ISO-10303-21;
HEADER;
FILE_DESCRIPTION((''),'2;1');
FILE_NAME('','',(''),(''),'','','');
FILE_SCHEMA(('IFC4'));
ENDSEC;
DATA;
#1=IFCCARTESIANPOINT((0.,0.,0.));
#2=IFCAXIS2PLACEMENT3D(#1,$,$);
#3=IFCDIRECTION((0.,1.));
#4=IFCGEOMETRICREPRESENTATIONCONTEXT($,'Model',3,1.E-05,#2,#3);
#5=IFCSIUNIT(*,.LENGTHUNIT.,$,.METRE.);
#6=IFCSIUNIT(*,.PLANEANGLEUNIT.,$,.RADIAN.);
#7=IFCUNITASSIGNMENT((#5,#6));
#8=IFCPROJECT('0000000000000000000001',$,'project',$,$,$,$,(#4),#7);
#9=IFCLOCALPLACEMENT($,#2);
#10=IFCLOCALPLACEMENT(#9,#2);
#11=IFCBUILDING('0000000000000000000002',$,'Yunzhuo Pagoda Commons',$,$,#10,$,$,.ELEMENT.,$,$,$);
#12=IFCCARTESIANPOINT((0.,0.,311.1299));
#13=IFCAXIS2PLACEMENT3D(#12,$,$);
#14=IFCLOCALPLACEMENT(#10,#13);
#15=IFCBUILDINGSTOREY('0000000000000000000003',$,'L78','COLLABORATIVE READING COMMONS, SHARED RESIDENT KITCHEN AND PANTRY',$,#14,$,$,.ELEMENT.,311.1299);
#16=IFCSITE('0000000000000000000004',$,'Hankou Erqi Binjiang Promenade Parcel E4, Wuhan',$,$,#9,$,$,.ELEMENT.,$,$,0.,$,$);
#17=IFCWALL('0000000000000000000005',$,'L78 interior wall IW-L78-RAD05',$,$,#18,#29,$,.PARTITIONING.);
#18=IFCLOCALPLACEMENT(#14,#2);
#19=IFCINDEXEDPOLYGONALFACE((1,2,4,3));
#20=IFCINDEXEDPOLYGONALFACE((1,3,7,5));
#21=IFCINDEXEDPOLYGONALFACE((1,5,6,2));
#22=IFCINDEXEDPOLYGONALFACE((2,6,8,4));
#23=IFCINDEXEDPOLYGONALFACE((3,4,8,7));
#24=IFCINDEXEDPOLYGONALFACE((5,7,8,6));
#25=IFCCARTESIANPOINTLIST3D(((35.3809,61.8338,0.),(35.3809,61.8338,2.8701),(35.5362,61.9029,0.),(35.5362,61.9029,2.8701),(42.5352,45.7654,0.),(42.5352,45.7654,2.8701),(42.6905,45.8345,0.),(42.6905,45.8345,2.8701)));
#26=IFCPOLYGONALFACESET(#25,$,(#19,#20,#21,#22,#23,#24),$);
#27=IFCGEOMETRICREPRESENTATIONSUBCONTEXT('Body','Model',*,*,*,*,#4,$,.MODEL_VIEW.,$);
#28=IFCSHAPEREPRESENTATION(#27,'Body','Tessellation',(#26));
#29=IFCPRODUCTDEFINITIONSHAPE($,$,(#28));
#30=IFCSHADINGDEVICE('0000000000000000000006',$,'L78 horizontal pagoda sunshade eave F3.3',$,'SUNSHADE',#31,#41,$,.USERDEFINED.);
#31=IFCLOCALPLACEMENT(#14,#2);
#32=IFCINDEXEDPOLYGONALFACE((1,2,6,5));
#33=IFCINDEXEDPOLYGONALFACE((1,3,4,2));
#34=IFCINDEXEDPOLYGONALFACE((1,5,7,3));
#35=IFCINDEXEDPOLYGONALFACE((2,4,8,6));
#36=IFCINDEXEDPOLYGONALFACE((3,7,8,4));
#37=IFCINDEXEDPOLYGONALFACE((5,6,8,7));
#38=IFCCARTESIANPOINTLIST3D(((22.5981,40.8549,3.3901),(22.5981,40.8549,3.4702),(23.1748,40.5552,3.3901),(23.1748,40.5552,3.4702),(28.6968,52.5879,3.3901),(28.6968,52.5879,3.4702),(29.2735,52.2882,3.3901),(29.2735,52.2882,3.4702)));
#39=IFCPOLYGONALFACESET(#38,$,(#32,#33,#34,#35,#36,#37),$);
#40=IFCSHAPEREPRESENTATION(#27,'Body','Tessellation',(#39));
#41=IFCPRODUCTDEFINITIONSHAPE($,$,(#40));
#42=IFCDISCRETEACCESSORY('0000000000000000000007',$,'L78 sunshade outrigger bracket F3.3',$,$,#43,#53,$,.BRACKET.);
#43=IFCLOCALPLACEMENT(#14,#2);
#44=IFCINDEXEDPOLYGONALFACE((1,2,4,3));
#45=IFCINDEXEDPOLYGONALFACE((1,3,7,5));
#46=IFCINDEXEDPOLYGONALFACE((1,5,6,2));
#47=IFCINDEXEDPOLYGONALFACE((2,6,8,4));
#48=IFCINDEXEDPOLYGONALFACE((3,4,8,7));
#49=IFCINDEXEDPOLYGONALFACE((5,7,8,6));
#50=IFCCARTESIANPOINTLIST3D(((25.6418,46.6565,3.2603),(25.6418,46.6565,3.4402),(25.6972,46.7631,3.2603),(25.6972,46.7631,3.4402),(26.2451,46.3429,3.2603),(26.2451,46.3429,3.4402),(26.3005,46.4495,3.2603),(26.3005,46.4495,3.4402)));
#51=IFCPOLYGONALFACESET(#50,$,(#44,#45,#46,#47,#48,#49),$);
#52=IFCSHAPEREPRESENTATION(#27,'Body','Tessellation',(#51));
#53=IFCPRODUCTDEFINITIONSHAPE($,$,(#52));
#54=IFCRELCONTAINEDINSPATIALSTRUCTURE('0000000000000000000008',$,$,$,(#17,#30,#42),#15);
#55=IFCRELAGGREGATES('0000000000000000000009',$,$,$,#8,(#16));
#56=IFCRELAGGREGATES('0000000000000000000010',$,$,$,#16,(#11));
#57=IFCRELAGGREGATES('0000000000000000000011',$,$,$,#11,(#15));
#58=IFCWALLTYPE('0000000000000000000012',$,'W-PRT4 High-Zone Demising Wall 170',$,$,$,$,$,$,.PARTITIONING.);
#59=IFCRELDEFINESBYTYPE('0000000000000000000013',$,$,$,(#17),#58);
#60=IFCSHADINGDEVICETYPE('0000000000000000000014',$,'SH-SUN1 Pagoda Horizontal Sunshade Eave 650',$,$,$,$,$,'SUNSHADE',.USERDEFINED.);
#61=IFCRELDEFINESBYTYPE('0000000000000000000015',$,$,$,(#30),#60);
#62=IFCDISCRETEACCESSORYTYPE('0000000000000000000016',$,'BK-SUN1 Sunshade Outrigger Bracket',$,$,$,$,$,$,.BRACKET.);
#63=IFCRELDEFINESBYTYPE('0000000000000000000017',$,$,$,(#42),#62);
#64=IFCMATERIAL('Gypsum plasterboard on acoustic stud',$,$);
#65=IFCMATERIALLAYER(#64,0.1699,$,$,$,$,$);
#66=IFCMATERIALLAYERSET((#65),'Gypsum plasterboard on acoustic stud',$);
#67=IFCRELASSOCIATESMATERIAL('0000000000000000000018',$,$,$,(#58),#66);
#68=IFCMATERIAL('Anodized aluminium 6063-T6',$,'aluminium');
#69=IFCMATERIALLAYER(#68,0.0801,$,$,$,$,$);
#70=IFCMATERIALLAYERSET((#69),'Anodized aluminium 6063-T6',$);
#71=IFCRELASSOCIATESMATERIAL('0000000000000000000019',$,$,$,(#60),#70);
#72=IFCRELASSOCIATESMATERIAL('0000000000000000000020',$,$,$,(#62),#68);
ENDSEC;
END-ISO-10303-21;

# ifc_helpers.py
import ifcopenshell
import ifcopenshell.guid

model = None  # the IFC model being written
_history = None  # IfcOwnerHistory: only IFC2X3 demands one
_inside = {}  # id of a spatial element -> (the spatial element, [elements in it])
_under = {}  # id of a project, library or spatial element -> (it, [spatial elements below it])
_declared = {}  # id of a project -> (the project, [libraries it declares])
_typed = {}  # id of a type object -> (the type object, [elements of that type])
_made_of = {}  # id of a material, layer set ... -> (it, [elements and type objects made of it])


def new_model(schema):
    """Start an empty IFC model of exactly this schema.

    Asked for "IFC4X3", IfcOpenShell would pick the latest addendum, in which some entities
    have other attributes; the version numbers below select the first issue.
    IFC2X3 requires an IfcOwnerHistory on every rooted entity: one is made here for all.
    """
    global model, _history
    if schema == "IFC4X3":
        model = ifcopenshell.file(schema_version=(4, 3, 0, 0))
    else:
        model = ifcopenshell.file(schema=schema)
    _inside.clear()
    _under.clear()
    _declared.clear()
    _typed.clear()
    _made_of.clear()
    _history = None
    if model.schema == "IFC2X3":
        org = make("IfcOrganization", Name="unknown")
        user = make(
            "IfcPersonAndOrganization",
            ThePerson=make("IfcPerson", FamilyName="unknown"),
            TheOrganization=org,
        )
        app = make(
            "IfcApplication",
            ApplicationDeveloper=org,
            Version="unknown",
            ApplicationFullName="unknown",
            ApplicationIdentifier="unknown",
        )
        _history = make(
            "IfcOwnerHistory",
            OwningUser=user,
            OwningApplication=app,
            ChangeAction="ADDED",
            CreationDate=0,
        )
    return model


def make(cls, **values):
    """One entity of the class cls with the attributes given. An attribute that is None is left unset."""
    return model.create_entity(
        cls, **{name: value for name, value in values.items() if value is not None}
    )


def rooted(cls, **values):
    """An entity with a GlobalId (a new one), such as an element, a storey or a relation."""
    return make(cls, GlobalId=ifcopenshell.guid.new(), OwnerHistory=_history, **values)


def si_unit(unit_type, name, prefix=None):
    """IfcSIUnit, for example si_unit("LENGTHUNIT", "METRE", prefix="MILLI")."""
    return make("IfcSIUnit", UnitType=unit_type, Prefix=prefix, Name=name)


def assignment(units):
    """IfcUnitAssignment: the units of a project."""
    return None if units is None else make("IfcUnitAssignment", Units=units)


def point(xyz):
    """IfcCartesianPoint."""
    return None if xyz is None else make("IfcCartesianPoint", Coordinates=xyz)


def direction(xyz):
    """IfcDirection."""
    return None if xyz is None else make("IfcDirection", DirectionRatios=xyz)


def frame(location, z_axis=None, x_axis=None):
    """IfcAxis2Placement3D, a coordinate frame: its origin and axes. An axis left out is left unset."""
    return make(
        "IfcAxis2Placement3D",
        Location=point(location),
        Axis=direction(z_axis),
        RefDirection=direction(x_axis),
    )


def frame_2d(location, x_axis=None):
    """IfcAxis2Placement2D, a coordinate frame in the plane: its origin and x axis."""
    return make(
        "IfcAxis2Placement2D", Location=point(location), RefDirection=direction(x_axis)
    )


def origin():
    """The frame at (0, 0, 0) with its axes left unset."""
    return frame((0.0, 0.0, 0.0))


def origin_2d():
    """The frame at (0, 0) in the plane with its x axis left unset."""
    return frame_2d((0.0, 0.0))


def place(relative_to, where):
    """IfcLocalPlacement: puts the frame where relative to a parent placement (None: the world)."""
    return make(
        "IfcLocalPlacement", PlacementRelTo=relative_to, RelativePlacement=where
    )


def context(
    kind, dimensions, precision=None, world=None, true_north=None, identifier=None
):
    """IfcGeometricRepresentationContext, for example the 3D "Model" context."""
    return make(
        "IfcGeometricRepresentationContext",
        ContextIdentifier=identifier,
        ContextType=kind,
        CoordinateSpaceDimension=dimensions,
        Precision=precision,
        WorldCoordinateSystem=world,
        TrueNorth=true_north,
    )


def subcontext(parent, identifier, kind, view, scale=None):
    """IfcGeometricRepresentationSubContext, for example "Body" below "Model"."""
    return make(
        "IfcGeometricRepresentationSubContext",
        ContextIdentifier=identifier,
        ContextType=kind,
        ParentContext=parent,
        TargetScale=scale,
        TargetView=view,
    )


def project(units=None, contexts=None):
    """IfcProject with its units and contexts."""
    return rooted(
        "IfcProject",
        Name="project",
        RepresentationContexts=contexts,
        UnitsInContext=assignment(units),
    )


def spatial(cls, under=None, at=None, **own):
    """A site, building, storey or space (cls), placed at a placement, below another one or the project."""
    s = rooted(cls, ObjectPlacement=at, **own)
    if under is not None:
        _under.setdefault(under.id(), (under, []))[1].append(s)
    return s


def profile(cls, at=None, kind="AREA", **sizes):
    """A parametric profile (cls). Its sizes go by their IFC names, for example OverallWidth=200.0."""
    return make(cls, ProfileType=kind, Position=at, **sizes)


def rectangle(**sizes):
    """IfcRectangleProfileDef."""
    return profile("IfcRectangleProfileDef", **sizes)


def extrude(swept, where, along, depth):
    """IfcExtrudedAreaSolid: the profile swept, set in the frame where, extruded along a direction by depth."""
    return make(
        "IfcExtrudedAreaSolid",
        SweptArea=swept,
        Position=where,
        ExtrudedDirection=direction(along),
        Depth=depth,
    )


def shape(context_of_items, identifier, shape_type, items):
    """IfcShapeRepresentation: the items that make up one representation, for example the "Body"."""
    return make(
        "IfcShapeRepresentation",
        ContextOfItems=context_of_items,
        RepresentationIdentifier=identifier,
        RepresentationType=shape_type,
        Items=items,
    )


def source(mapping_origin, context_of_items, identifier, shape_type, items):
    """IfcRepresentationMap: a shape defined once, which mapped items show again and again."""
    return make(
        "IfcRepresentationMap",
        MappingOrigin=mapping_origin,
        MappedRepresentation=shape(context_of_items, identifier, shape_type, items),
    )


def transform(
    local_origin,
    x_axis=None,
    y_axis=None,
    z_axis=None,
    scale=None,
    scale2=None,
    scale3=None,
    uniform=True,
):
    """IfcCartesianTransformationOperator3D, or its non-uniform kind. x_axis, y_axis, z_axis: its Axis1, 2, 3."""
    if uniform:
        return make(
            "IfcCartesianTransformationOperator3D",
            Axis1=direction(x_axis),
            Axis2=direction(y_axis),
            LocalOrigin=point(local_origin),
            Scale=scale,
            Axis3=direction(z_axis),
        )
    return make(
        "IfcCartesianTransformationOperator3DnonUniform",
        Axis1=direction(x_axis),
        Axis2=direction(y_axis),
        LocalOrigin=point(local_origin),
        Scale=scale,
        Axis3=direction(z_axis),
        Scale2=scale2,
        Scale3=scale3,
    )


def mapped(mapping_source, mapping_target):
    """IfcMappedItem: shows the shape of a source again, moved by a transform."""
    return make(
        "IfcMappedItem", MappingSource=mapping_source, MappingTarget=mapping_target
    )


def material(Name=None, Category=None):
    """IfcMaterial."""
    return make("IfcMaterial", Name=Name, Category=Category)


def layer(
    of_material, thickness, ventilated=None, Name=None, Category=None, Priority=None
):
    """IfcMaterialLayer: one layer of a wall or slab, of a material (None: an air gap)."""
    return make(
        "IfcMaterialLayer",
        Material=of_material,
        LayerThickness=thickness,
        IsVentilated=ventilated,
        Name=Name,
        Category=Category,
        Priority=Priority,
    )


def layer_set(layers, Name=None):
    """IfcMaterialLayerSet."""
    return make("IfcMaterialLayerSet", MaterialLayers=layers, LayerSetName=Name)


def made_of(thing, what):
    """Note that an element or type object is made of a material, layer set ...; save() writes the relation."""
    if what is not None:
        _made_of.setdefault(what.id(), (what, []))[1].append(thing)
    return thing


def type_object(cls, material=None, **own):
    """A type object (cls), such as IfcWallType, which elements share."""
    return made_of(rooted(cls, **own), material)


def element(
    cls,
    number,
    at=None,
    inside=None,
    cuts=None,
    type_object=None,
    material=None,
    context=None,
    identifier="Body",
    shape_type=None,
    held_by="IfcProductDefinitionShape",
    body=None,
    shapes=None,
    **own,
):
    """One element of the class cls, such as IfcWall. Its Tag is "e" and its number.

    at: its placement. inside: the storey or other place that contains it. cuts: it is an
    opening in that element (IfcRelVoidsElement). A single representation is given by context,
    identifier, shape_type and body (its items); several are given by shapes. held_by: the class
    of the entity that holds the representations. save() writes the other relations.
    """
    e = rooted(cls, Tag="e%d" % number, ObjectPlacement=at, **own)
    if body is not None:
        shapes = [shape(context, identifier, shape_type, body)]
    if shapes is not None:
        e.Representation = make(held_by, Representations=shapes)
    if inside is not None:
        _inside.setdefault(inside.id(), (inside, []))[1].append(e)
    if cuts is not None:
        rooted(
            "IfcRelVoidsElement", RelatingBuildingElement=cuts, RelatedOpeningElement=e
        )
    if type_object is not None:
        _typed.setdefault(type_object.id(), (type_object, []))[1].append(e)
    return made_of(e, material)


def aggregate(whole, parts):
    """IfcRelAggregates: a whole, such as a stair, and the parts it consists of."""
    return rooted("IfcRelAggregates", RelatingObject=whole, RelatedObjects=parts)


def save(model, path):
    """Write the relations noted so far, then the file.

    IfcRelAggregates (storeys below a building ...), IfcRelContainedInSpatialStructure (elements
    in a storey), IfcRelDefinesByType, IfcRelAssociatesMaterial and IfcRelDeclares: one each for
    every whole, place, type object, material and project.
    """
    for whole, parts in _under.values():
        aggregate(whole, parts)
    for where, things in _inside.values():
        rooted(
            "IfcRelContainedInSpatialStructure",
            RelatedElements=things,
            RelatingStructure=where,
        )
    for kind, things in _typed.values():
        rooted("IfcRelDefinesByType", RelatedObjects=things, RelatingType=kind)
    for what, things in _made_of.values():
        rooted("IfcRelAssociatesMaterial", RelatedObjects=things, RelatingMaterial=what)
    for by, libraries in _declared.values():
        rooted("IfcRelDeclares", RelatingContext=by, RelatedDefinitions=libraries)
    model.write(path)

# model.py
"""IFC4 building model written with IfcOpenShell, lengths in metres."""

from ifc_helpers import new_model, si_unit, direction, frame, frame_2d, origin, origin_2d, place, context, subcontext, project, spatial, rectangle, extrude, source, transform, mapped, material, layer, layer_set, type_object, element, save


model = new_model("IFC4")

# Units and contexts
model_context = context("Model", 3, precision=1e-05, world=origin(), true_north=direction((0.0, 1.0)))
body_context = subcontext(model_context, "Body", "Model", "MODEL_VIEW")
ifc_project = project(units=[si_unit("LENGTHUNIT", "METRE"), si_unit("PLANEANGLEUNIT", "RADIAN")], contexts=[model_context])

# Site, building, storey
site_placement = place(None, origin())
site = spatial("IfcSite", under=ifc_project, at=site_placement, Name="Hankou Erqi Binjiang Promenade Parcel E4, Wuhan", CompositionType="ELEMENT", RefElevation=0.0)
building_placement = place(site_placement, origin())
building = spatial("IfcBuilding", under=site, at=building_placement, Name="Yunzhuo Pagoda Commons", CompositionType="ELEMENT")
storey_placement = place(building_placement, frame((0.0, 0.0, 311.1299)))
storey = spatial("IfcBuildingStorey", under=building, at=storey_placement, Name="L78", Description="COLLABORATIVE READING COMMONS, SHARED RESIDENT KITCHEN AND PANTRY", CompositionType="ELEMENT", Elevation=311.1299)

# Shared definitions
ifc_material_1 = material(Name="Anodized aluminium 6063-T6", Category="aluminium")

# Wall
ifc_material_2 = material(Name="Gypsum plasterboard on acoustic stud")
ifc_layer_1 = layer(ifc_material_2, 0.1699)
ifc_layer_set_1 = layer_set([ifc_layer_1], Name="Gypsum plasterboard on acoustic stud")
wall_type_1 = type_object("IfcWallType", Name="W-PRT4 High-Zone Demising Wall 170", PredefinedType="PARTITIONING", material=ifc_layer_set_1)
wall_1_placement = place(storey_placement, frame((42.6128, 45.8, 0.0), z_axis=(0.0, 0.0, 1.0), x_axis=(-0.406746, 0.913541, 0.0)))
element("IfcWall", 1, at=wall_1_placement, inside=storey, type_object=wall_type_1, Name="L78 interior wall IW-L78-RAD05", PredefinedType="PARTITIONING", context=body_context, shape_type="SweptSolid", body=[
    extrude(rectangle(XDim=17.5891, YDim=0.1699, at=frame_2d((8.7944, 0.0))), origin(), (0.0, 0.0, 1.0), 2.8701),
])

# Shading device
ifc_layer_2 = layer(ifc_material_1, 0.0801)
ifc_layer_set_2 = layer_set([ifc_layer_2], Name="Anodized aluminium 6063-T6")
shading_device_type = type_object("IfcShadingDeviceType", Name="SH-SUN1 Pagoda Horizontal Sunshade Eave 650", ElementType="SUNSHADE", PredefinedType="USERDEFINED", material=ifc_layer_set_2)
shared_shape_1 = source(origin(), body_context, "Body", "SweptSolid", [
    extrude(rectangle(XDim=13.2234, YDim=0.6499, at=origin_2d()), origin(), (0.0, 0.0, 1.0), 0.0801),
])
shading_device_placement = place(storey_placement, frame((25.9358, 46.5715, 3.3901), z_axis=(0.0, 0.0, 1.0), x_axis=(-0.461207, -0.887293, 0.0)))
element("IfcShadingDevice", 2, at=shading_device_placement, inside=storey, type_object=shading_device_type, Name="L78 horizontal pagoda sunshade eave F3.3", ObjectType="SUNSHADE", PredefinedType="USERDEFINED", context=body_context, shape_type="MappedRepresentation", body=[
    mapped(shared_shape_1, transform((0.0, 0.0, 0.0), scale=1.0)),
])

# Discrete accessory
discrete_accessory_type = type_object("IfcDiscreteAccessoryType", Name="BK-SUN1 Sunshade Outrigger Bracket", PredefinedType="BRACKET", material=ifc_material_1)
shared_shape_2 = source(origin(), body_context, "Body", "SweptSolid", [
    extrude(rectangle(XDim=0.1201, YDim=0.6799, at=origin_2d()), origin(), (0.0, 0.0, 1.0), 0.1799),
])
discrete_accessory_placement = place(storey_placement, frame((25.9712, 46.553, 3.2603), z_axis=(0.0, 0.0, 1.0), x_axis=(-0.461207, -0.887293, 0.0)))
element("IfcDiscreteAccessory", 3, at=discrete_accessory_placement, inside=storey, type_object=discrete_accessory_type, Name="L78 sunshade outrigger bracket F3.3", PredefinedType="BRACKET", context=body_context, shape_type="MappedRepresentation", body=[
    mapped(shared_shape_2, transform((0.0, 0.0, 0.0), scale=1.0)),
])

save(model, "model.ifc")
